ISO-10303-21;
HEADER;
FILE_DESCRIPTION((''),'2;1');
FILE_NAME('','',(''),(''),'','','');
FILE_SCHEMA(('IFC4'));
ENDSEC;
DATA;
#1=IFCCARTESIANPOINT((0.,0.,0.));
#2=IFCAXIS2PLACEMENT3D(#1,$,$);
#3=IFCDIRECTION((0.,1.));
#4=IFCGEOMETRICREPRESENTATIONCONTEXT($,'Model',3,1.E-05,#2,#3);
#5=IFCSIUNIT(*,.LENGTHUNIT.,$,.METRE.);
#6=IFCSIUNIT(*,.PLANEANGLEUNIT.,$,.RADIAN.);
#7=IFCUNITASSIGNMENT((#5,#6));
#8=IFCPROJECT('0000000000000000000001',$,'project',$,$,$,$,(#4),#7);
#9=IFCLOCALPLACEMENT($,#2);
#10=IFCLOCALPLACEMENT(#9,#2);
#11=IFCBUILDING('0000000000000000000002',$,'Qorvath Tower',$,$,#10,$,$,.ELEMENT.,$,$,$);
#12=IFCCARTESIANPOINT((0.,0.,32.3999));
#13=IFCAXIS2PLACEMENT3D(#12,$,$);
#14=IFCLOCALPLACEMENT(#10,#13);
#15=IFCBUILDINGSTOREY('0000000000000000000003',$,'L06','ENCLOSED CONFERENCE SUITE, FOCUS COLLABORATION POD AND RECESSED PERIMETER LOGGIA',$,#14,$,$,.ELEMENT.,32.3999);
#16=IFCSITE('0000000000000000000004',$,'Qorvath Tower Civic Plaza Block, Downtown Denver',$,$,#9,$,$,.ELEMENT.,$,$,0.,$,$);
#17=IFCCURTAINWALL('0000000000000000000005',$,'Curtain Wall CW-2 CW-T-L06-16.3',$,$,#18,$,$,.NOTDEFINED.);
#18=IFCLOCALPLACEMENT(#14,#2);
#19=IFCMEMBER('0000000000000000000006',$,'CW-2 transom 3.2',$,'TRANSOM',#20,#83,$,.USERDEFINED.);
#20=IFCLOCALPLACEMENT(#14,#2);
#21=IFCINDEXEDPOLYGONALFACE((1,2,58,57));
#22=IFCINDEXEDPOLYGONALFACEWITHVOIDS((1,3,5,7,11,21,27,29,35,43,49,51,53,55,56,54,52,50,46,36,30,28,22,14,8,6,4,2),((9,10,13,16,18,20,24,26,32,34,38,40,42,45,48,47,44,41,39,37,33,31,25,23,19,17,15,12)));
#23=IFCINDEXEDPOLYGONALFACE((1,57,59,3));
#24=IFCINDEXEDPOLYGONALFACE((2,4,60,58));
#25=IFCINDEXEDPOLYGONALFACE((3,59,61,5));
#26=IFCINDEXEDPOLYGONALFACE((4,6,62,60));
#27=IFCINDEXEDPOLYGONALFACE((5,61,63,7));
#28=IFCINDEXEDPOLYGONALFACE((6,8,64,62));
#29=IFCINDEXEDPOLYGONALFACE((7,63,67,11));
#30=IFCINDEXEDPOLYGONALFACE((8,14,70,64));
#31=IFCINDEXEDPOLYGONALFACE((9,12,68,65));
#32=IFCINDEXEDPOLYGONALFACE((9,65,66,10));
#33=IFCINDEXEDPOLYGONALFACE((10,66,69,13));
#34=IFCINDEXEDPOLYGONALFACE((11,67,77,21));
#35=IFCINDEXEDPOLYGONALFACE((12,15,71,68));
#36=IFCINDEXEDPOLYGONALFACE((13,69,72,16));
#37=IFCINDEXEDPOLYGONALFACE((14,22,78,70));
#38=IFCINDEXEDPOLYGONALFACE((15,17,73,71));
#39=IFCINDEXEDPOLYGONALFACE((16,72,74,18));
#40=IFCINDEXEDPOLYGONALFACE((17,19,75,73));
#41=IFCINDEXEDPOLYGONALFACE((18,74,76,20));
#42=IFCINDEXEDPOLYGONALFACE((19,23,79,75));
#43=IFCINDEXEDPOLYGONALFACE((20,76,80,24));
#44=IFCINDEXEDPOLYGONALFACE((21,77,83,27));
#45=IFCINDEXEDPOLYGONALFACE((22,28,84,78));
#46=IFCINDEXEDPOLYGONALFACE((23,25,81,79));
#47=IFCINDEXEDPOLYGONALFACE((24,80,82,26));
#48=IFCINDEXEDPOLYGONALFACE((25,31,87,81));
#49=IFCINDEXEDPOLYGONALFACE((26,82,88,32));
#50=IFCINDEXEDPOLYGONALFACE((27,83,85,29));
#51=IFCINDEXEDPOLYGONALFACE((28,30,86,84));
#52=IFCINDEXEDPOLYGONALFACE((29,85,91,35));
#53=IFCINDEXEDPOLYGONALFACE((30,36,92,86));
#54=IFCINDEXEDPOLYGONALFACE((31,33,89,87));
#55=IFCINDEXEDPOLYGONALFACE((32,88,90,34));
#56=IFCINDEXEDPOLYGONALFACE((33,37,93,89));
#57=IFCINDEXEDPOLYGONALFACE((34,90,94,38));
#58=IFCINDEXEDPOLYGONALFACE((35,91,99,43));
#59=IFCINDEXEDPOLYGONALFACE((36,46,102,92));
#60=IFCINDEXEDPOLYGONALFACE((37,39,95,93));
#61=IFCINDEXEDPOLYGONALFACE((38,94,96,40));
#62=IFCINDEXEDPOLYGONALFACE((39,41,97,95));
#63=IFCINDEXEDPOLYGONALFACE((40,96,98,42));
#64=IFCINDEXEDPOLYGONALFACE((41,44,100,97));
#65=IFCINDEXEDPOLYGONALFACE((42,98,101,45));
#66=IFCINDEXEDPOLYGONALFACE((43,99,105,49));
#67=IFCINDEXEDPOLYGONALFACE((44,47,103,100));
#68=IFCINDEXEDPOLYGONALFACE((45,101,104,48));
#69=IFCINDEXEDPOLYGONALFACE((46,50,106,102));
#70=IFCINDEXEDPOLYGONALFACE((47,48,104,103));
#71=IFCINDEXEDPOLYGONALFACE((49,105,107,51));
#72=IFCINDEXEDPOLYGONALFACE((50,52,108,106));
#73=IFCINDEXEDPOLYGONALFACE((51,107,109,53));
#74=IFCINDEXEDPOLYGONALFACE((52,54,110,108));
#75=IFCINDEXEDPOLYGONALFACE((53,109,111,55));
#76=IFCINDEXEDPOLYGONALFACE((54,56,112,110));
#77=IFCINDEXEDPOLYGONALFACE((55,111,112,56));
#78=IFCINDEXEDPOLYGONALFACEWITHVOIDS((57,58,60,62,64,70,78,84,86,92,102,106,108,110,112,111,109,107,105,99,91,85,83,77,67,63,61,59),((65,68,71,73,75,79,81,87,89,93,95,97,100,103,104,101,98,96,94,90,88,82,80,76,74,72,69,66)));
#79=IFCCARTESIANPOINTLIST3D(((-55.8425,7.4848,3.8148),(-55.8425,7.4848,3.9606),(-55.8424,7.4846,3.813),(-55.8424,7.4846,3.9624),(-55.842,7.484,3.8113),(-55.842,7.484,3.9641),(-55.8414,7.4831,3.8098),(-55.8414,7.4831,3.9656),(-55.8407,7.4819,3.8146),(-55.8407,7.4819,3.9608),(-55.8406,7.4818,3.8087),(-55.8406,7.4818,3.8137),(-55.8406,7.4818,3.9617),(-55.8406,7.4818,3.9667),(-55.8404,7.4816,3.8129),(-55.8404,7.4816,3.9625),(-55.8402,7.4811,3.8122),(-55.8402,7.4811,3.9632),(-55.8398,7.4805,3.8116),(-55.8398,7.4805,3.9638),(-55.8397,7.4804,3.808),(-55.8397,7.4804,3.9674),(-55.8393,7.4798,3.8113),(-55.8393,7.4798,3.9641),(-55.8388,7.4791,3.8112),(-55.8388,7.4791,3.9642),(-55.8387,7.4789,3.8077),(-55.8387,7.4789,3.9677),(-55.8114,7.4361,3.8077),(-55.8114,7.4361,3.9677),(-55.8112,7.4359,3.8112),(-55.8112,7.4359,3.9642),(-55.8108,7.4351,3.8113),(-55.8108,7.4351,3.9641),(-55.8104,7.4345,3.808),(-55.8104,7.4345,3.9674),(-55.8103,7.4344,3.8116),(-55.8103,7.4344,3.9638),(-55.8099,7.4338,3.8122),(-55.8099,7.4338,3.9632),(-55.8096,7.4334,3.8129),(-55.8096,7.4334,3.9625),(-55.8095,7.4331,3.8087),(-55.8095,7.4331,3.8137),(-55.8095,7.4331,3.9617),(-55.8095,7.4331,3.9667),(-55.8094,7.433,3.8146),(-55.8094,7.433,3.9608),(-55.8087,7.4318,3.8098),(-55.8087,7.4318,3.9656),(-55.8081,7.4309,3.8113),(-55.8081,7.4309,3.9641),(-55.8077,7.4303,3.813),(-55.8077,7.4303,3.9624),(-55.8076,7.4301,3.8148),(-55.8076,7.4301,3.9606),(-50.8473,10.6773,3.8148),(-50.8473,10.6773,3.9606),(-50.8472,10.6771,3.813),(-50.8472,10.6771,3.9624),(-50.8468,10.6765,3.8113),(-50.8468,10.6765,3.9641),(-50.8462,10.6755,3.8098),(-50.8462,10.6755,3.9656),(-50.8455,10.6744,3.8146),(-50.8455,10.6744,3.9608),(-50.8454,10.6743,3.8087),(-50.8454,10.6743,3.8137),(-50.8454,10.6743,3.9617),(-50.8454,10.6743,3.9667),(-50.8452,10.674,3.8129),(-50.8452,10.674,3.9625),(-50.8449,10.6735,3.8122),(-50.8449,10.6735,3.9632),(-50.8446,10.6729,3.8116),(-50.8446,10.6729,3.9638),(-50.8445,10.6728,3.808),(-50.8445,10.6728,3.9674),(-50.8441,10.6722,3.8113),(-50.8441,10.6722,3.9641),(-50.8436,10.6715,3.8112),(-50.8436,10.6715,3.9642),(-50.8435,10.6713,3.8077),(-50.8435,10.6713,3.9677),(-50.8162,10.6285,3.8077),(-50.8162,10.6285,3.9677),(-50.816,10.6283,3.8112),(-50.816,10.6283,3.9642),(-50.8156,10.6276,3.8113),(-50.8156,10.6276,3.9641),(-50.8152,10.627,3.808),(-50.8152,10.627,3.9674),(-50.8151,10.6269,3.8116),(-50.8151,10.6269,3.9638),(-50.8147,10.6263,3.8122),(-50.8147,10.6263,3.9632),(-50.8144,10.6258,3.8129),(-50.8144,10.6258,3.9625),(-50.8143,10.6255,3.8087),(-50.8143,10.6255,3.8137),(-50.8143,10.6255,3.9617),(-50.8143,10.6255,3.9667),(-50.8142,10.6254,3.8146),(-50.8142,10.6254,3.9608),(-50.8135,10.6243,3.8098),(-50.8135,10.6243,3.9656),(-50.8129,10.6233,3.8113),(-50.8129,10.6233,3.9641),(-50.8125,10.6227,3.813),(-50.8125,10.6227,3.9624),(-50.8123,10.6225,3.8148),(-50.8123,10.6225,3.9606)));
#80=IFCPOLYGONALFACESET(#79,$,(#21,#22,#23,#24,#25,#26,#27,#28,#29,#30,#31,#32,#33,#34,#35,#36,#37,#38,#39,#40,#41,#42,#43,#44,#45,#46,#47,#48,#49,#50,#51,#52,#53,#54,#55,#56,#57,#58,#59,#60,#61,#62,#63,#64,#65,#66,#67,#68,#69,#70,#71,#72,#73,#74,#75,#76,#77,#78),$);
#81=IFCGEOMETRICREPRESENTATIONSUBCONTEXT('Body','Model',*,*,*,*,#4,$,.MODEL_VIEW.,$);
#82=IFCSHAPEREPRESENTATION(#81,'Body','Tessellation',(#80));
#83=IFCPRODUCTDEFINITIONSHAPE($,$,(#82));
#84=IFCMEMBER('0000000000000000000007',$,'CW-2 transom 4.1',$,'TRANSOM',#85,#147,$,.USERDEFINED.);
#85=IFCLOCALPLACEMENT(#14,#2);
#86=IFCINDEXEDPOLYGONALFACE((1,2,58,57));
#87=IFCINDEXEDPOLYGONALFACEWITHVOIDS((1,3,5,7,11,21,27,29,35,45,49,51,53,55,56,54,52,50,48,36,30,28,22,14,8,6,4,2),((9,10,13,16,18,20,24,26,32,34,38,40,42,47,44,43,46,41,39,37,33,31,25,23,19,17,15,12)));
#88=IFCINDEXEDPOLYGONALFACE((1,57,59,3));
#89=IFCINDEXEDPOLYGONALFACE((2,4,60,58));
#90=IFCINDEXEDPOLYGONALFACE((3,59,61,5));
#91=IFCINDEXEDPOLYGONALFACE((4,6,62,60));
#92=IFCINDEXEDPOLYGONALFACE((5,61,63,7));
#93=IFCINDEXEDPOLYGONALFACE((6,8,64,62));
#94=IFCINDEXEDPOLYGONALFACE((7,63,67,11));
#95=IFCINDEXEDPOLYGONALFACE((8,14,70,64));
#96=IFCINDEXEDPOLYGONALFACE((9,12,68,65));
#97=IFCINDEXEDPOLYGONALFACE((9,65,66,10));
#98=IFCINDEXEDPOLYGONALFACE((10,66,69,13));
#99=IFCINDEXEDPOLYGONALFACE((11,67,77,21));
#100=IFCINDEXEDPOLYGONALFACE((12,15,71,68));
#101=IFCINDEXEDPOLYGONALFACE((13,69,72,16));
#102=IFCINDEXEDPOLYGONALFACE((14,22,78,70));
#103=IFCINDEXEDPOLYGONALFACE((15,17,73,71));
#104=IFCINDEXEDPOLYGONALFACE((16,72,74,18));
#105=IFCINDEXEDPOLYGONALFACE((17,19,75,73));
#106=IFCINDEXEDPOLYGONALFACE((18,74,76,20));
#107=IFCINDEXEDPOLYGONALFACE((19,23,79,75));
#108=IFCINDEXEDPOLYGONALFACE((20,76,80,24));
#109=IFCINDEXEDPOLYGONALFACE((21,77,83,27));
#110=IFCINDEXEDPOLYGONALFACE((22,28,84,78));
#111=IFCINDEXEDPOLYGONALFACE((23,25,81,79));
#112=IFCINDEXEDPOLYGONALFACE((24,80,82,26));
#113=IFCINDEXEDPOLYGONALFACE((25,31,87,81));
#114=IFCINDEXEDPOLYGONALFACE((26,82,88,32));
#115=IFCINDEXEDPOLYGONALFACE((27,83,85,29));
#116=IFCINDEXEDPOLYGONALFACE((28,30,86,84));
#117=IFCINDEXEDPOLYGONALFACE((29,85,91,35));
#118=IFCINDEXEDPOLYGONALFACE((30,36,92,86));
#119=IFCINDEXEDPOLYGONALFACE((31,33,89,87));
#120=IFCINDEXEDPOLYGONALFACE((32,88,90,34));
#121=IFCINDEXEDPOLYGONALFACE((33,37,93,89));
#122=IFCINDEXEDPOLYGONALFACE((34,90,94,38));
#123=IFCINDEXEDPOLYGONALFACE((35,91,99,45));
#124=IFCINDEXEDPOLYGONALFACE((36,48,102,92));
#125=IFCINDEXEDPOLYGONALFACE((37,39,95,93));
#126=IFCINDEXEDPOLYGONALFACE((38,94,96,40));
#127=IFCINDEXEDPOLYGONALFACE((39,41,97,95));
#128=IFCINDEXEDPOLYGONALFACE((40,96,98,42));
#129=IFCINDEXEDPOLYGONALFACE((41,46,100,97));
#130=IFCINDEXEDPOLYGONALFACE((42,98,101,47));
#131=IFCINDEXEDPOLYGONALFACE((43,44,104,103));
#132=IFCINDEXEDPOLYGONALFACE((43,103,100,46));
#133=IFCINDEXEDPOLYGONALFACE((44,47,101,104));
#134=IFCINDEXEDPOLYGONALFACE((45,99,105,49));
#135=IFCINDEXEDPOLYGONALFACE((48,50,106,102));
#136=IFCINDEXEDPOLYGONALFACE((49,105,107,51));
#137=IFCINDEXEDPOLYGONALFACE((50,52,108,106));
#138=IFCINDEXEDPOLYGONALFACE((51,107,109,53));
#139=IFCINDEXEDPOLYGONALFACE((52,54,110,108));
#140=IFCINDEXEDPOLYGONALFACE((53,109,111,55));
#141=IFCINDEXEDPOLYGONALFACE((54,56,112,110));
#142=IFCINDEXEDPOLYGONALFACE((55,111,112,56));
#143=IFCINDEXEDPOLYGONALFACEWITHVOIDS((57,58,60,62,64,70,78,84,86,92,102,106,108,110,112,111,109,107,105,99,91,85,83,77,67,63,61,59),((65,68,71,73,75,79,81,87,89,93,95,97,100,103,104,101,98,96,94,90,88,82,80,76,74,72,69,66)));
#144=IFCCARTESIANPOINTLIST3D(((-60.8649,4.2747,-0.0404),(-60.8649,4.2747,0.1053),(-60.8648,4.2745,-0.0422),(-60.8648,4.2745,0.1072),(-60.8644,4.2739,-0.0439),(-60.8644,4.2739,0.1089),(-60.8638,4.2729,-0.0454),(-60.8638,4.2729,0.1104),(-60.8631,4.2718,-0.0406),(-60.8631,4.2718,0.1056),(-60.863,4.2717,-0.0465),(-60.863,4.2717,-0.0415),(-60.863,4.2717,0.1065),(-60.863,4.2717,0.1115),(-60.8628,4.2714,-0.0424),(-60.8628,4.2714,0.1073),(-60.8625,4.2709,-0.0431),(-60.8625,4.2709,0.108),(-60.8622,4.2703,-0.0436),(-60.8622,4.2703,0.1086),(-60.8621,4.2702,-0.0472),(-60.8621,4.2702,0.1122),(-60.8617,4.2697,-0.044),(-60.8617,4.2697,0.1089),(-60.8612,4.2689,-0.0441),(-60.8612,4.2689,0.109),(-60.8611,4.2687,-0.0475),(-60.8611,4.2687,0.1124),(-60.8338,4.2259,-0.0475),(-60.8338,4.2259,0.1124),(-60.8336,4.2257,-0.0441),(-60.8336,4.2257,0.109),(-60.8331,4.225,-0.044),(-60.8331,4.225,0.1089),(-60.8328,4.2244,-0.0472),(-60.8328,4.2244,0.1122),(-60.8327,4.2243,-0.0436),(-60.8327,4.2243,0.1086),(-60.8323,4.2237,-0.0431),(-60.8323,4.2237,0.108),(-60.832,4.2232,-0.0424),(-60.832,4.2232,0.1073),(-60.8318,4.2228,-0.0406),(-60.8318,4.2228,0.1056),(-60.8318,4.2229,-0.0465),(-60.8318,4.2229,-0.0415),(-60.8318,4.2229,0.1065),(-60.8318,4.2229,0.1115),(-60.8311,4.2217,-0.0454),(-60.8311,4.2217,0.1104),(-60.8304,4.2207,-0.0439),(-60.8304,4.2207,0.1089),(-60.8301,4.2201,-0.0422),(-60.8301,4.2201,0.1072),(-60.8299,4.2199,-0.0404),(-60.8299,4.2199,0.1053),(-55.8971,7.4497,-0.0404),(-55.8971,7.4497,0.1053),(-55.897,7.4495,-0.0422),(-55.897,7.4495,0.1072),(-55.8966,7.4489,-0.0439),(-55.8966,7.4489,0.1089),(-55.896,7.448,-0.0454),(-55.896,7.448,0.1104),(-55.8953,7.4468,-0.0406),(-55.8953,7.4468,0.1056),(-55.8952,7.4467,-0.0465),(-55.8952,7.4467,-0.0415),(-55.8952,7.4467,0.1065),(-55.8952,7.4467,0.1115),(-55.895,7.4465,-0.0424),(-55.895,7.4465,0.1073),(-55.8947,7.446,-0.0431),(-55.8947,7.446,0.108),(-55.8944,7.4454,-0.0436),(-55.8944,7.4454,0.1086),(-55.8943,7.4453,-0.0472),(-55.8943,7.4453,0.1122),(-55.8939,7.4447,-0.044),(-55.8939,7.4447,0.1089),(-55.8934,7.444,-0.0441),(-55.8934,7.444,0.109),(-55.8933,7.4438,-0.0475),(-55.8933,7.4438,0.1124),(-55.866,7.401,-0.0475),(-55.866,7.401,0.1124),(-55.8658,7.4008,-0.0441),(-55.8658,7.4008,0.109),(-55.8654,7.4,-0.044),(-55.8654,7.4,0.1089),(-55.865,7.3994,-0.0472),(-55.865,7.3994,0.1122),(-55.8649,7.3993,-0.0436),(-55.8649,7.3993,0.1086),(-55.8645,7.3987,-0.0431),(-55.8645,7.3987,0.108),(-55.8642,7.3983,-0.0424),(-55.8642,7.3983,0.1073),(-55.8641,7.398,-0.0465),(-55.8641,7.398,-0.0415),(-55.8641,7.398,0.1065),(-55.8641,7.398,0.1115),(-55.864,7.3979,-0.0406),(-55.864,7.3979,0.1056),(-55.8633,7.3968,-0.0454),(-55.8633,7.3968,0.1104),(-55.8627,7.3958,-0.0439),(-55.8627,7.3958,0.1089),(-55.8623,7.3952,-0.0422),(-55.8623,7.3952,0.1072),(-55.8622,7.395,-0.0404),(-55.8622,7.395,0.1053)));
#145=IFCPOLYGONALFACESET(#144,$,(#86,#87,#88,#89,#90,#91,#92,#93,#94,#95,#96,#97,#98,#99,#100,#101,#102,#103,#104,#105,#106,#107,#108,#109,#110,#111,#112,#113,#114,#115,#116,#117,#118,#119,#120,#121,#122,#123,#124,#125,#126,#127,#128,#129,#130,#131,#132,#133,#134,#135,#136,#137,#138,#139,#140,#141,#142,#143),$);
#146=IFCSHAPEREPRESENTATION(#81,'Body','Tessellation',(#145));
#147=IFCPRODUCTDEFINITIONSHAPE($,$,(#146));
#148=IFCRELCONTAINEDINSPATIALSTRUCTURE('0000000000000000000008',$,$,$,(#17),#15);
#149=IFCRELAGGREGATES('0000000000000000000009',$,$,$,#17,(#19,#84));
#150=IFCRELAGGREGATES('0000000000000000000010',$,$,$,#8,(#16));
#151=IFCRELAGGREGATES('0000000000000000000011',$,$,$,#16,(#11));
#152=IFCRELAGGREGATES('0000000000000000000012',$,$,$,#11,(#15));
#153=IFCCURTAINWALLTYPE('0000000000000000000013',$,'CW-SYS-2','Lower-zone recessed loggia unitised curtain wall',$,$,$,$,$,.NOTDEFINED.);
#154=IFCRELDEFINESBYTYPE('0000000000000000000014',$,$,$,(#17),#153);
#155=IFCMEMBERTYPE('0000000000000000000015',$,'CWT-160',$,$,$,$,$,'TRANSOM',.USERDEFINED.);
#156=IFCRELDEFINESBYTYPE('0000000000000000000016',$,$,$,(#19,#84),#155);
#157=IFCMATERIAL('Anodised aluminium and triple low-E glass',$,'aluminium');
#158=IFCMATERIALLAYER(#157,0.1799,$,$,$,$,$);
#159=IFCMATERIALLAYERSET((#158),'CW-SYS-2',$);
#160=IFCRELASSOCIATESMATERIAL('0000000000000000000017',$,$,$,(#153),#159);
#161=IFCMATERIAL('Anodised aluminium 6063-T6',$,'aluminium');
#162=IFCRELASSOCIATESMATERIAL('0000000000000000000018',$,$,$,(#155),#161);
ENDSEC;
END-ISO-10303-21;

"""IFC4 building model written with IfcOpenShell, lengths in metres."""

from ifc_helpers import new_model, si_unit, direction, frame, origin, origin_2d, place, context, subcontext, project, spatial, hollow_rectangle, extrude, material, layer, layer_set, material_profile, profile_set, type_object, element, aggregate, save


model = new_model("IFC4")

# Units and contexts
model_context = context("Model", 3, precision=1e-05, world=origin(), true_north=direction((0.0, 1.0)))
body_context = subcontext(model_context, "Body", "Model", "MODEL_VIEW")
ifc_project = project(units=[si_unit("LENGTHUNIT", "METRE"), si_unit("PLANEANGLEUNIT", "RADIAN")], contexts=[model_context])

# Site, building, storey
site_placement = place(None, origin())
site = spatial("IfcSite", under=ifc_project, at=site_placement, Name="Qorvath Tower Civic Plaza Block, Downtown Denver", CompositionType="ELEMENT", RefElevation=0.0)
building_placement = place(site_placement, origin())
building = spatial("IfcBuilding", under=site, at=building_placement, Name="Qorvath Tower", CompositionType="ELEMENT")
storey_placement = place(building_placement, frame((0.0, 0.0, 32.3999)))
storey = spatial("IfcBuildingStorey", under=building, at=storey_placement, Name="L06", Description="ENCLOSED CONFERENCE SUITE, FOCUS COLLABORATION POD AND RECESSED PERIMETER LOGGIA", CompositionType="ELEMENT", Elevation=32.3999)

# Curtain wall, members
ifc_material_1 = material(Name="Anodised aluminium and triple low-E glass", Category="aluminium")
ifc_layer_1 = layer(ifc_material_1, 0.1799)
ifc_layer_set_1 = layer_set([ifc_layer_1], Name="CW-SYS-2")
curtain_wall_type = type_object("IfcCurtainWallType", Name="CW-SYS-2", Description="Lower-zone recessed loggia unitised curtain wall", PredefinedType="NOTDEFINED", material=ifc_layer_set_1)
curtain_wall_placement = place(storey_placement, origin())
curtain_wall = element("IfcCurtainWall", 1, at=curtain_wall_placement, inside=storey, type_object=curtain_wall_type, Name="Curtain Wall CW-2 CW-T-L06-16.3", PredefinedType="NOTDEFINED")
ifc_material_2 = material(Name="Anodised aluminium 6063-T6", Category="aluminium")
ifc_material_profile_1 = material_profile(ifc_material_2, hollow_rectangle(XDim=0.0649, YDim=0.1599, WallThickness=0.0034, InnerFilletRadius=0.0034, OuterFilletRadius=0.0071, at=origin_2d()), Name="CWT 160x65")
ifc_profile_set_1 = profile_set([ifc_material_profile_1], Name="Anodised aluminium 6063-T6")
member_type_1 = type_object("IfcMemberType", Name="CWT-160", ElementType="TRANSOM", PredefinedType="USERDEFINED", material=ifc_profile_set_1)
member_1_placement = place(storey_placement, frame((-50.8298, 10.6499, 3.8877), z_axis=(-0.842615, -0.538516, 0.0), x_axis=(0.538516, -0.842615, 0.0)))
member_1 = element("IfcMember", 2, at=member_1_placement, type_object=member_type_1, Name="CW-2 transom 3.2", ObjectType="TRANSOM", PredefinedType="USERDEFINED", context=body_context, shape_type="SweptSolid", body=[
    extrude(hollow_rectangle(XDim=0.0649, YDim=0.1599, WallThickness=0.0034, InnerFilletRadius=0.0034, OuterFilletRadius=0.0071, at=origin_2d()), origin(), (0.0, 0.0, 1.0), 5.9282),
])
member_2_placement = place(storey_placement, frame((-55.8796, 7.4224, 0.0325), z_axis=(-0.842604, -0.538533, 0.0), x_axis=(0.538533, -0.842604, 0.0)))
member_2 = element("IfcMember", 3, at=member_2_placement, type_object=member_type_1, Name="CW-2 transom 4.1", ObjectType="TRANSOM", PredefinedType="USERDEFINED", context=body_context, shape_type="SweptSolid", body=[
    extrude(hollow_rectangle(XDim=0.0649, YDim=0.1599, WallThickness=0.0034, InnerFilletRadius=0.0034, OuterFilletRadius=0.0071, at=origin_2d()), origin(), (0.0, 0.0, 1.0), 5.8958),
])
aggregate(curtain_wall, [member_1, member_2])

save(model, "model.ifc")
